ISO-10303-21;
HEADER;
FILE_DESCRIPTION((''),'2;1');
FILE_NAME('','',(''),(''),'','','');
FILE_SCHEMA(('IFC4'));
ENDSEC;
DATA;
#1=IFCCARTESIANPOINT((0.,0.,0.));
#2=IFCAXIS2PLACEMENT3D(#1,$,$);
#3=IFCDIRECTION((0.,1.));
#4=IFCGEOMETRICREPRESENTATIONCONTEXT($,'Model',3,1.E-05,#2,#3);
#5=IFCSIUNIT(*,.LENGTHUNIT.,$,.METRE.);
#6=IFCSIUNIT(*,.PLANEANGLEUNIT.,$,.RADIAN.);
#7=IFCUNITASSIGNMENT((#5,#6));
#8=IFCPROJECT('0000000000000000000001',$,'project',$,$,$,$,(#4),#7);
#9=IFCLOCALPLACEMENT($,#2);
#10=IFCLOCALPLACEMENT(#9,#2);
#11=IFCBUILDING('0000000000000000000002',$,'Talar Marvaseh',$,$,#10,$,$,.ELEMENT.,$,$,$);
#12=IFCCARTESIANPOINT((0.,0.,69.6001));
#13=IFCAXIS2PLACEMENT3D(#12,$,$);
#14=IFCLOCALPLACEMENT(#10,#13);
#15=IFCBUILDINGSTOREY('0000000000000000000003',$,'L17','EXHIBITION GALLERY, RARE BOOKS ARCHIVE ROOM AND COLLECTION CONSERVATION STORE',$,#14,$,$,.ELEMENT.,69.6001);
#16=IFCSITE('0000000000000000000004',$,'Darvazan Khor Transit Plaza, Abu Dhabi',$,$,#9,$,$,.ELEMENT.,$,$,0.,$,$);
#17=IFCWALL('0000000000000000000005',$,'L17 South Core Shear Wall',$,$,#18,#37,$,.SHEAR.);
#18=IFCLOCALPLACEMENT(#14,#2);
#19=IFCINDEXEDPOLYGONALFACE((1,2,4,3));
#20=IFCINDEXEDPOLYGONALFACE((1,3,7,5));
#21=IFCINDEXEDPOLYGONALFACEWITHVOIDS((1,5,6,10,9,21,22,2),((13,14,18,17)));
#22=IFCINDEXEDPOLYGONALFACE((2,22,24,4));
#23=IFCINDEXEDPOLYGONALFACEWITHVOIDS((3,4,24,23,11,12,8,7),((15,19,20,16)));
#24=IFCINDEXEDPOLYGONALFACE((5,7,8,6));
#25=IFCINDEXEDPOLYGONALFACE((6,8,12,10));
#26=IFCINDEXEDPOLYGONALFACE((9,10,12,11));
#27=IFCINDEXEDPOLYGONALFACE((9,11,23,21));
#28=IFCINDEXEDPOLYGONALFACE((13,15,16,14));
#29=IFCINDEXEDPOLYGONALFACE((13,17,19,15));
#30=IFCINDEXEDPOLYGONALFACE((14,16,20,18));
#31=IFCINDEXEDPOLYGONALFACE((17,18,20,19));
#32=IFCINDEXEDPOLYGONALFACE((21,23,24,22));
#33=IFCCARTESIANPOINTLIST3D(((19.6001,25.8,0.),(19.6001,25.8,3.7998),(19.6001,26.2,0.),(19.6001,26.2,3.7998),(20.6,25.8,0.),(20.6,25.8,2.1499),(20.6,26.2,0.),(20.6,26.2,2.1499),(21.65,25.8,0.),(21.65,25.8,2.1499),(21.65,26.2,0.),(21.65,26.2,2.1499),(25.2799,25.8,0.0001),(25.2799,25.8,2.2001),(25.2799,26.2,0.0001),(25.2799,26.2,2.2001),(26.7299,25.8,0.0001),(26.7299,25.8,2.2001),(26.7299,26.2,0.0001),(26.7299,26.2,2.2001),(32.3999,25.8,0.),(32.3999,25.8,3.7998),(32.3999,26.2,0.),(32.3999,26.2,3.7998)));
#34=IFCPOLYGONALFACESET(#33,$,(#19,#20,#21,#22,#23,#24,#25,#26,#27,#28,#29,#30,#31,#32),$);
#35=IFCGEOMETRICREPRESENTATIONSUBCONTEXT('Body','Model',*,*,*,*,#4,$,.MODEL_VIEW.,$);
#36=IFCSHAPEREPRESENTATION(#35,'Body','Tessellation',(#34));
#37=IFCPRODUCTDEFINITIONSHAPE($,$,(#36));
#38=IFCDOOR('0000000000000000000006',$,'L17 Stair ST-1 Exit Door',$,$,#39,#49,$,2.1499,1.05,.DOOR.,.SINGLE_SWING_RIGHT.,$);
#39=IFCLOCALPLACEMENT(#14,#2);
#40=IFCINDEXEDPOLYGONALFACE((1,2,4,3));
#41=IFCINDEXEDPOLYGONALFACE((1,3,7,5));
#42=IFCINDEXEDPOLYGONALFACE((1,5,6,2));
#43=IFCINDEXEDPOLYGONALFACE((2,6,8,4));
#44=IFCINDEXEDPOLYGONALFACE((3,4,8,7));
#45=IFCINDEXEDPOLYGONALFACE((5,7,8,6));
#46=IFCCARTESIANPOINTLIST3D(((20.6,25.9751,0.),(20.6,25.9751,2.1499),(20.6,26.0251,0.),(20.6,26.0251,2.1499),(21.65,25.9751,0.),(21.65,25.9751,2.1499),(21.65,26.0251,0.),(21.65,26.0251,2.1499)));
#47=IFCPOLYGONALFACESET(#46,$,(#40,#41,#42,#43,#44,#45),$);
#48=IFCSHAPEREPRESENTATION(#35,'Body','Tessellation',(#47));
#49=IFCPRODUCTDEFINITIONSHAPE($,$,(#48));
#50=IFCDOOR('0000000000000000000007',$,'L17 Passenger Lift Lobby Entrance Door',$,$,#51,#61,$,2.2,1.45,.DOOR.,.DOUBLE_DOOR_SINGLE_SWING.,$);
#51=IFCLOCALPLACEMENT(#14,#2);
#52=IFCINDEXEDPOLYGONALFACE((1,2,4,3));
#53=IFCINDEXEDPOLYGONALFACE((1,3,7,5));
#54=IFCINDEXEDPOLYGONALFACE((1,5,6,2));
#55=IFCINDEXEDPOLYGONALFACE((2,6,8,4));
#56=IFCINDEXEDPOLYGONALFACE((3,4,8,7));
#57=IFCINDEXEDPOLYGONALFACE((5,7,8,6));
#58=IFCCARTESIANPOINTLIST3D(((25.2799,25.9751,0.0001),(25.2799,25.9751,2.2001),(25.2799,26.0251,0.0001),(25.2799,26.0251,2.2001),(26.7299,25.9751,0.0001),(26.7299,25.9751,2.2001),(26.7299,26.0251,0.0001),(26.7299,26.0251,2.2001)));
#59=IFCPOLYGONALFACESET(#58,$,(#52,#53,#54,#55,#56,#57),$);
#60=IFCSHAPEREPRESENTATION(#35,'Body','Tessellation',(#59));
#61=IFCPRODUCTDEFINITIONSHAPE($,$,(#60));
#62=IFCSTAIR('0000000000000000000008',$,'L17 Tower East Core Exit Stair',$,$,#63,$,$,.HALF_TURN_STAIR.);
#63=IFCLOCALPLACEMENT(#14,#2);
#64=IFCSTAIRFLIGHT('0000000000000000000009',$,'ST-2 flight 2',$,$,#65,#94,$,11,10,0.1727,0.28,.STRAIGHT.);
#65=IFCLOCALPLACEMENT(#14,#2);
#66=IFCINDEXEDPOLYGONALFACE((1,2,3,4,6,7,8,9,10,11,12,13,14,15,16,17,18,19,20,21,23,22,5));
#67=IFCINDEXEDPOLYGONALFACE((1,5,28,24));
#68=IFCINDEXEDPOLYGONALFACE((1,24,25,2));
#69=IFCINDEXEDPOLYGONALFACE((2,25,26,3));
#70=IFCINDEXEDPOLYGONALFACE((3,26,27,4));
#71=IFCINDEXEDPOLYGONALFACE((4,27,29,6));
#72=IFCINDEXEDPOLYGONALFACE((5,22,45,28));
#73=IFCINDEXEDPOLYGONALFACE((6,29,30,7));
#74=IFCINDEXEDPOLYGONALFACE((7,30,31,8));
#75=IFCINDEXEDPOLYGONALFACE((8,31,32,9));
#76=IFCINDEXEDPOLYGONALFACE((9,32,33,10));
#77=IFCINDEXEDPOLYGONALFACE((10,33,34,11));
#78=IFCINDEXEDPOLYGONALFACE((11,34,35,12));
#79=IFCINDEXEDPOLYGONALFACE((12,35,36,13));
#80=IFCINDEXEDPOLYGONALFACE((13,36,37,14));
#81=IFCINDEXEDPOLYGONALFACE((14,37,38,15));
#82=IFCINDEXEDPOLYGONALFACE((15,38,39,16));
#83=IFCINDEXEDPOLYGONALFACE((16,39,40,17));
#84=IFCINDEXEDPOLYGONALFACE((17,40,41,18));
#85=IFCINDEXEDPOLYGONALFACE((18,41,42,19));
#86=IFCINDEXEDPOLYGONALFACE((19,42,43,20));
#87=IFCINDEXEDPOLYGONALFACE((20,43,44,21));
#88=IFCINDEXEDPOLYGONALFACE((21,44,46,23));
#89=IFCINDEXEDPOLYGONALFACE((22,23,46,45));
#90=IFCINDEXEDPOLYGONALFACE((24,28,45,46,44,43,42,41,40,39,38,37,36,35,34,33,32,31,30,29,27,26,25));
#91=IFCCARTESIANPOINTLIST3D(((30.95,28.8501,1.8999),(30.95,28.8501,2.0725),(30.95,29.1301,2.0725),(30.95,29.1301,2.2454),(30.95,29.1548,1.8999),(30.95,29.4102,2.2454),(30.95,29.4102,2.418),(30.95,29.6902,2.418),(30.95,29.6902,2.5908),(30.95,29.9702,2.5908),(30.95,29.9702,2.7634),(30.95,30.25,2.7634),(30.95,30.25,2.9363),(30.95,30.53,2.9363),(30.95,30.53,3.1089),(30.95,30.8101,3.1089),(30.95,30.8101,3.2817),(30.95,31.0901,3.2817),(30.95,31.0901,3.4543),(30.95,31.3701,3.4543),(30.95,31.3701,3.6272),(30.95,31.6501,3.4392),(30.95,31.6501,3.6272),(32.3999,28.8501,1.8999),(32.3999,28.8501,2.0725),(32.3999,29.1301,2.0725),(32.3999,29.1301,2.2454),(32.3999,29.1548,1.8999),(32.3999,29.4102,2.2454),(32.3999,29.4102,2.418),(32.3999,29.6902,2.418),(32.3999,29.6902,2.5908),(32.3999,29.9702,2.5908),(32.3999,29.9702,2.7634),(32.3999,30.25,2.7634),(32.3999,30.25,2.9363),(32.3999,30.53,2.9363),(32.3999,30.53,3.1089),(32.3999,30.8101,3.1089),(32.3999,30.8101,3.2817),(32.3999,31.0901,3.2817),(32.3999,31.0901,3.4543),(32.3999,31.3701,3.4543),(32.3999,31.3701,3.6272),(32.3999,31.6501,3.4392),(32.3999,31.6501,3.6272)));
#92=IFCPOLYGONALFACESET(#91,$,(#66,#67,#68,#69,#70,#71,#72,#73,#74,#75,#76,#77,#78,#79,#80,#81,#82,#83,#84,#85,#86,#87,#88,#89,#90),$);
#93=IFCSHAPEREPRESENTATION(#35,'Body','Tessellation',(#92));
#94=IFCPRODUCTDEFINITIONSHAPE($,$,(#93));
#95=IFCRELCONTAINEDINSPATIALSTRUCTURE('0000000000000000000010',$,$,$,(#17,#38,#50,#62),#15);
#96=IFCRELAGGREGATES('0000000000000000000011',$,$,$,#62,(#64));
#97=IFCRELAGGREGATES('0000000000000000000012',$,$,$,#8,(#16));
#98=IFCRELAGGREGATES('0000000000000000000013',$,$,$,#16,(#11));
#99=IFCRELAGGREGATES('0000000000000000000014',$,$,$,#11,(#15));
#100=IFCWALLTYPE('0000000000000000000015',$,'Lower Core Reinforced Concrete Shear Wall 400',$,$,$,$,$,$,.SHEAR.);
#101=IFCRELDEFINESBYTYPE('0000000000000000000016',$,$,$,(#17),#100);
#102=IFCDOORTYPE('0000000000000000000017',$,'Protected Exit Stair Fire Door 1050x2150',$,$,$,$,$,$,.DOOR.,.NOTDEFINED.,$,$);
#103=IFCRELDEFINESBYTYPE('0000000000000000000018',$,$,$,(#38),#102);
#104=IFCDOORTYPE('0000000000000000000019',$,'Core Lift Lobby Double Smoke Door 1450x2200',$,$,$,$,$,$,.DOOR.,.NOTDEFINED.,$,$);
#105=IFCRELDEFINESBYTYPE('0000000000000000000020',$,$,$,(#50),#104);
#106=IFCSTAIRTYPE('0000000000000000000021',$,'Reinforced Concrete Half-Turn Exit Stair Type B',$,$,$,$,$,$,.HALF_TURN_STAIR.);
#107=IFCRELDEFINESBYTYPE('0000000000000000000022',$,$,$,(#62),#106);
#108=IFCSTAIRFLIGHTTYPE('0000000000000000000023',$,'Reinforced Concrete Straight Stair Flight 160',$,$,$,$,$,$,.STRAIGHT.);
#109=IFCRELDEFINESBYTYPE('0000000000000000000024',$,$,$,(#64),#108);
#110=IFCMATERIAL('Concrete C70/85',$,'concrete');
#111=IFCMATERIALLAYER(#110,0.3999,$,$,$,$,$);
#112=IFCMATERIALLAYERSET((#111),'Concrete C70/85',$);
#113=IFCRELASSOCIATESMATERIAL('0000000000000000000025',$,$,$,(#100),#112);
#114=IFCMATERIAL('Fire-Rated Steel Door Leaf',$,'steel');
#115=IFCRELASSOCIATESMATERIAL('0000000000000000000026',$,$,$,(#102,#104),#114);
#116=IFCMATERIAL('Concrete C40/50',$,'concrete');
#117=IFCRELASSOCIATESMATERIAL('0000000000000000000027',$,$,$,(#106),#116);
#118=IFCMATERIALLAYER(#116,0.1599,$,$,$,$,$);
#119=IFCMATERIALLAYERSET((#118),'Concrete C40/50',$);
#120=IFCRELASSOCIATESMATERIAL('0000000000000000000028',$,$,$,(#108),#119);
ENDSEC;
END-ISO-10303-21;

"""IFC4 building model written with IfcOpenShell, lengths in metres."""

from ifc_helpers import new_model, si_unit, direction, frame, frame_2d, origin, place, context, subcontext, project, spatial, polyline, rectangle, outline, extrude, source, transform, mapped, material, layer, layer_set, type_object, type_shapes, element, fill, aggregate, save


model = new_model("IFC4")

# Units and contexts
model_context = context("Model", 3, precision=1e-05, world=origin(), true_north=direction((0.0, 1.0)))
body_context = subcontext(model_context, "Body", "Model", "MODEL_VIEW")
ifc_project = project(units=[si_unit("LENGTHUNIT", "METRE"), si_unit("PLANEANGLEUNIT", "RADIAN")], contexts=[model_context])

# Site, building, storey
site_placement = place(None, origin())
site = spatial("IfcSite", under=ifc_project, at=site_placement, Name="Darvazan Khor Transit Plaza, Abu Dhabi", CompositionType="ELEMENT", RefElevation=0.0)
building_placement = place(site_placement, origin())
building = spatial("IfcBuilding", under=site, at=building_placement, Name="Talar Marvaseh", CompositionType="ELEMENT")
storey_placement = place(building_placement, frame((0.0, 0.0, 69.6001)))
storey = spatial("IfcBuildingStorey", under=building, at=storey_placement, Name="L17", Description="EXHIBITION GALLERY, RARE BOOKS ARCHIVE ROOM AND COLLECTION CONSERVATION STORE", CompositionType="ELEMENT", Elevation=69.6001)

# Shared definitions
ifc_material_1 = material(Name="Concrete C70/85", Category="concrete")

# Wall, openings, doors
ifc_layer_1 = layer(ifc_material_1, 0.3999)
ifc_layer_set_1 = layer_set([ifc_layer_1], Name="Concrete C70/85")
wall_type_1 = type_object("IfcWallType", Name="Lower Core Reinforced Concrete Shear Wall 400", PredefinedType="SHEAR", material=ifc_layer_set_1)
wall_1_placement = place(storey_placement, frame((32.3999, 26.0, 0.0), z_axis=(0.0, 0.0, 1.0), x_axis=(-1.0, 0.0, 0.0)))
wall_1 = element("IfcWall", 1, at=wall_1_placement, inside=storey, type_object=wall_type_1, Name="L17 South Core Shear Wall", PredefinedType="SHEAR", context=body_context, shape_type="SweptSolid", body=[
    extrude(rectangle(XDim=12.7998, YDim=0.3999, at=frame_2d((6.3999, 0.0))), origin(), (0.0, 0.0, 1.0), 3.7998),
])
opening_1_placement = place(wall_1_placement, frame((10.75, 0.0, 0.0)))
opening_1 = element("IfcOpeningElement", 2, at=opening_1_placement, cuts=wall_1, PredefinedType="OPENING", context=body_context, shape_type="SweptSolid", body=[
    extrude(rectangle(XDim=1.05, YDim=2.1499, at=frame_2d((0.5249, 1.075))), frame((0.0, 0.21, 0.0), z_axis=(0.0, -1.0, 0.0), x_axis=(1.0, 0.0, 0.0)), (0.0, 0.0, 1.0), 0.4199),
])
opening_2_placement = place(wall_1_placement, frame((5.6699, 0.0, 0.0)))
opening_2 = element("IfcOpeningElement", 3, at=opening_2_placement, cuts=wall_1, PredefinedType="OPENING", context=body_context, shape_type="SweptSolid", body=[
    extrude(rectangle(XDim=1.45, YDim=2.2, at=frame_2d((0.7251, 1.1001))), frame((0.0, 0.21, 0.0), z_axis=(0.0, -1.0, 0.0), x_axis=(1.0, 0.0, 0.0)), (0.0, 0.0, 1.0), 0.4199),
])
ifc_material_2 = material(Name="Fire-Rated Steel Door Leaf", Category="steel")
door_type_1 = type_object("IfcDoorType", Name="Protected Exit Stair Fire Door 1050x2150", OperationType="NOTDEFINED", PredefinedType="DOOR", material=ifc_material_2)
shared_shape_1 = source(origin(), body_context, "Body", "SweptSolid", [
    extrude(rectangle(XDim=1.05, YDim=2.1499, at=frame_2d((0.5249, 1.075))), frame((0.0, 0.0249, 0.0), z_axis=(0.0, -1.0, 0.0), x_axis=(1.0, 0.0, 0.0)), (0.0, 0.0, 1.0), 0.05),
])
type_shapes(door_type_1, [shared_shape_1])
door_1_placement = place(opening_1_placement, origin())
door_1 = element("IfcDoor", 4, at=door_1_placement, inside=storey, type_object=door_type_1, Name="L17 Stair ST-1 Exit Door", OperationType="SINGLE_SWING_RIGHT", OverallHeight=2.1499, OverallWidth=1.05, PredefinedType="DOOR", context=body_context, shape_type="MappedRepresentation", body=[
    mapped(shared_shape_1, transform((0.0, 0.0, 0.0), x_axis=(1.0, 0.0, 0.0), y_axis=(0.0, 1.0, 0.0), z_axis=(0.0, 0.0, 1.0), scale=1.0)),
])
fill(opening_1, door_1)
door_type_2 = type_object("IfcDoorType", Name="Core Lift Lobby Double Smoke Door 1450x2200", OperationType="NOTDEFINED", PredefinedType="DOOR", material=ifc_material_2)
shared_shape_2 = source(origin(), body_context, "Body", "SweptSolid", [
    extrude(rectangle(XDim=1.45, YDim=2.2, at=frame_2d((0.7251, 1.1001))), frame((0.0, 0.0249, 0.0), z_axis=(0.0, -1.0, 0.0), x_axis=(1.0, 0.0, 0.0)), (0.0, 0.0, 1.0), 0.05),
])
type_shapes(door_type_2, [shared_shape_2])
door_2_placement = place(opening_2_placement, origin())
door_2 = element("IfcDoor", 5, at=door_2_placement, inside=storey, type_object=door_type_2, Name="L17 Passenger Lift Lobby Entrance Door", OperationType="DOUBLE_DOOR_SINGLE_SWING", OverallHeight=2.2, OverallWidth=1.45, PredefinedType="DOOR", context=body_context, shape_type="MappedRepresentation", body=[
    mapped(shared_shape_2, transform((0.0, 0.0, 0.0), x_axis=(1.0, 0.0, 0.0), y_axis=(0.0, 1.0, 0.0), z_axis=(0.0, 0.0, 1.0), scale=1.0)),
])
fill(opening_2, door_2)

# Stair, stair flight
ifc_material_3 = material(Name="Concrete C40/50", Category="concrete")
stair_type = type_object("IfcStairType", Name="Reinforced Concrete Half-Turn Exit Stair Type B", PredefinedType="HALF_TURN_STAIR", material=ifc_material_3)
stair_placement = place(storey_placement, origin())
stair = element("IfcStair", 6, at=stair_placement, inside=storey, type_object=stair_type, Name="L17 Tower East Core Exit Stair", PredefinedType="HALF_TURN_STAIR")
ifc_layer_2 = layer(ifc_material_3, 0.1599)
ifc_layer_set_2 = layer_set([ifc_layer_2], Name="Concrete C40/50")
stair_flight_type = type_object("IfcStairFlightType", Name="Reinforced Concrete Straight Stair Flight 160", PredefinedType="STRAIGHT", material=ifc_layer_set_2)
stair_flight_placement = place(storey_placement, frame((31.675, 28.8501, 1.8999), z_axis=(0.0, 0.0, 1.0), x_axis=(0.0, 1.0, 0.0)))
stair_flight = element("IfcStairFlight", 7, at=stair_flight_placement, type_object=stair_flight_type, Name="ST-2 flight 2", NumberOfRisers=11, NumberOfTreads=10, PredefinedType="STRAIGHT", RiserHeight=0.1727, TreadLength=0.28, context=body_context, shape_type="SweptSolid", body=[
    extrude(outline(polyline([(0.0, 0.0), (0.0, 0.1726), (0.28, 0.1726), (0.28, 0.3455), (0.5601, 0.3455), (0.5601, 0.5181), (0.8401, 0.5181), (0.8401, 0.6909), (1.1201, 0.6909), (1.1201, 0.8635), (1.3999, 0.8635), (1.3999, 1.0364), (1.6799, 1.0364), (1.6799, 1.209), (1.96, 1.209), (1.96, 1.3818), (2.24, 1.3818), (2.24, 1.5544), (2.52, 1.5544), (2.52, 1.7273), (2.8, 1.7273), (2.8, 1.8999), (2.8, 1.5393), (0.3047, 0.0), (0.0, 0.0)])), frame((0.0, 0.7251, 0.0), z_axis=(0.0, -1.0, 0.0), x_axis=(1.0, 0.0, 0.0)), (0.0, 0.0, 1.0), 1.45),
])
aggregate(stair, [stair_flight])

save(model, "model.ifc")
